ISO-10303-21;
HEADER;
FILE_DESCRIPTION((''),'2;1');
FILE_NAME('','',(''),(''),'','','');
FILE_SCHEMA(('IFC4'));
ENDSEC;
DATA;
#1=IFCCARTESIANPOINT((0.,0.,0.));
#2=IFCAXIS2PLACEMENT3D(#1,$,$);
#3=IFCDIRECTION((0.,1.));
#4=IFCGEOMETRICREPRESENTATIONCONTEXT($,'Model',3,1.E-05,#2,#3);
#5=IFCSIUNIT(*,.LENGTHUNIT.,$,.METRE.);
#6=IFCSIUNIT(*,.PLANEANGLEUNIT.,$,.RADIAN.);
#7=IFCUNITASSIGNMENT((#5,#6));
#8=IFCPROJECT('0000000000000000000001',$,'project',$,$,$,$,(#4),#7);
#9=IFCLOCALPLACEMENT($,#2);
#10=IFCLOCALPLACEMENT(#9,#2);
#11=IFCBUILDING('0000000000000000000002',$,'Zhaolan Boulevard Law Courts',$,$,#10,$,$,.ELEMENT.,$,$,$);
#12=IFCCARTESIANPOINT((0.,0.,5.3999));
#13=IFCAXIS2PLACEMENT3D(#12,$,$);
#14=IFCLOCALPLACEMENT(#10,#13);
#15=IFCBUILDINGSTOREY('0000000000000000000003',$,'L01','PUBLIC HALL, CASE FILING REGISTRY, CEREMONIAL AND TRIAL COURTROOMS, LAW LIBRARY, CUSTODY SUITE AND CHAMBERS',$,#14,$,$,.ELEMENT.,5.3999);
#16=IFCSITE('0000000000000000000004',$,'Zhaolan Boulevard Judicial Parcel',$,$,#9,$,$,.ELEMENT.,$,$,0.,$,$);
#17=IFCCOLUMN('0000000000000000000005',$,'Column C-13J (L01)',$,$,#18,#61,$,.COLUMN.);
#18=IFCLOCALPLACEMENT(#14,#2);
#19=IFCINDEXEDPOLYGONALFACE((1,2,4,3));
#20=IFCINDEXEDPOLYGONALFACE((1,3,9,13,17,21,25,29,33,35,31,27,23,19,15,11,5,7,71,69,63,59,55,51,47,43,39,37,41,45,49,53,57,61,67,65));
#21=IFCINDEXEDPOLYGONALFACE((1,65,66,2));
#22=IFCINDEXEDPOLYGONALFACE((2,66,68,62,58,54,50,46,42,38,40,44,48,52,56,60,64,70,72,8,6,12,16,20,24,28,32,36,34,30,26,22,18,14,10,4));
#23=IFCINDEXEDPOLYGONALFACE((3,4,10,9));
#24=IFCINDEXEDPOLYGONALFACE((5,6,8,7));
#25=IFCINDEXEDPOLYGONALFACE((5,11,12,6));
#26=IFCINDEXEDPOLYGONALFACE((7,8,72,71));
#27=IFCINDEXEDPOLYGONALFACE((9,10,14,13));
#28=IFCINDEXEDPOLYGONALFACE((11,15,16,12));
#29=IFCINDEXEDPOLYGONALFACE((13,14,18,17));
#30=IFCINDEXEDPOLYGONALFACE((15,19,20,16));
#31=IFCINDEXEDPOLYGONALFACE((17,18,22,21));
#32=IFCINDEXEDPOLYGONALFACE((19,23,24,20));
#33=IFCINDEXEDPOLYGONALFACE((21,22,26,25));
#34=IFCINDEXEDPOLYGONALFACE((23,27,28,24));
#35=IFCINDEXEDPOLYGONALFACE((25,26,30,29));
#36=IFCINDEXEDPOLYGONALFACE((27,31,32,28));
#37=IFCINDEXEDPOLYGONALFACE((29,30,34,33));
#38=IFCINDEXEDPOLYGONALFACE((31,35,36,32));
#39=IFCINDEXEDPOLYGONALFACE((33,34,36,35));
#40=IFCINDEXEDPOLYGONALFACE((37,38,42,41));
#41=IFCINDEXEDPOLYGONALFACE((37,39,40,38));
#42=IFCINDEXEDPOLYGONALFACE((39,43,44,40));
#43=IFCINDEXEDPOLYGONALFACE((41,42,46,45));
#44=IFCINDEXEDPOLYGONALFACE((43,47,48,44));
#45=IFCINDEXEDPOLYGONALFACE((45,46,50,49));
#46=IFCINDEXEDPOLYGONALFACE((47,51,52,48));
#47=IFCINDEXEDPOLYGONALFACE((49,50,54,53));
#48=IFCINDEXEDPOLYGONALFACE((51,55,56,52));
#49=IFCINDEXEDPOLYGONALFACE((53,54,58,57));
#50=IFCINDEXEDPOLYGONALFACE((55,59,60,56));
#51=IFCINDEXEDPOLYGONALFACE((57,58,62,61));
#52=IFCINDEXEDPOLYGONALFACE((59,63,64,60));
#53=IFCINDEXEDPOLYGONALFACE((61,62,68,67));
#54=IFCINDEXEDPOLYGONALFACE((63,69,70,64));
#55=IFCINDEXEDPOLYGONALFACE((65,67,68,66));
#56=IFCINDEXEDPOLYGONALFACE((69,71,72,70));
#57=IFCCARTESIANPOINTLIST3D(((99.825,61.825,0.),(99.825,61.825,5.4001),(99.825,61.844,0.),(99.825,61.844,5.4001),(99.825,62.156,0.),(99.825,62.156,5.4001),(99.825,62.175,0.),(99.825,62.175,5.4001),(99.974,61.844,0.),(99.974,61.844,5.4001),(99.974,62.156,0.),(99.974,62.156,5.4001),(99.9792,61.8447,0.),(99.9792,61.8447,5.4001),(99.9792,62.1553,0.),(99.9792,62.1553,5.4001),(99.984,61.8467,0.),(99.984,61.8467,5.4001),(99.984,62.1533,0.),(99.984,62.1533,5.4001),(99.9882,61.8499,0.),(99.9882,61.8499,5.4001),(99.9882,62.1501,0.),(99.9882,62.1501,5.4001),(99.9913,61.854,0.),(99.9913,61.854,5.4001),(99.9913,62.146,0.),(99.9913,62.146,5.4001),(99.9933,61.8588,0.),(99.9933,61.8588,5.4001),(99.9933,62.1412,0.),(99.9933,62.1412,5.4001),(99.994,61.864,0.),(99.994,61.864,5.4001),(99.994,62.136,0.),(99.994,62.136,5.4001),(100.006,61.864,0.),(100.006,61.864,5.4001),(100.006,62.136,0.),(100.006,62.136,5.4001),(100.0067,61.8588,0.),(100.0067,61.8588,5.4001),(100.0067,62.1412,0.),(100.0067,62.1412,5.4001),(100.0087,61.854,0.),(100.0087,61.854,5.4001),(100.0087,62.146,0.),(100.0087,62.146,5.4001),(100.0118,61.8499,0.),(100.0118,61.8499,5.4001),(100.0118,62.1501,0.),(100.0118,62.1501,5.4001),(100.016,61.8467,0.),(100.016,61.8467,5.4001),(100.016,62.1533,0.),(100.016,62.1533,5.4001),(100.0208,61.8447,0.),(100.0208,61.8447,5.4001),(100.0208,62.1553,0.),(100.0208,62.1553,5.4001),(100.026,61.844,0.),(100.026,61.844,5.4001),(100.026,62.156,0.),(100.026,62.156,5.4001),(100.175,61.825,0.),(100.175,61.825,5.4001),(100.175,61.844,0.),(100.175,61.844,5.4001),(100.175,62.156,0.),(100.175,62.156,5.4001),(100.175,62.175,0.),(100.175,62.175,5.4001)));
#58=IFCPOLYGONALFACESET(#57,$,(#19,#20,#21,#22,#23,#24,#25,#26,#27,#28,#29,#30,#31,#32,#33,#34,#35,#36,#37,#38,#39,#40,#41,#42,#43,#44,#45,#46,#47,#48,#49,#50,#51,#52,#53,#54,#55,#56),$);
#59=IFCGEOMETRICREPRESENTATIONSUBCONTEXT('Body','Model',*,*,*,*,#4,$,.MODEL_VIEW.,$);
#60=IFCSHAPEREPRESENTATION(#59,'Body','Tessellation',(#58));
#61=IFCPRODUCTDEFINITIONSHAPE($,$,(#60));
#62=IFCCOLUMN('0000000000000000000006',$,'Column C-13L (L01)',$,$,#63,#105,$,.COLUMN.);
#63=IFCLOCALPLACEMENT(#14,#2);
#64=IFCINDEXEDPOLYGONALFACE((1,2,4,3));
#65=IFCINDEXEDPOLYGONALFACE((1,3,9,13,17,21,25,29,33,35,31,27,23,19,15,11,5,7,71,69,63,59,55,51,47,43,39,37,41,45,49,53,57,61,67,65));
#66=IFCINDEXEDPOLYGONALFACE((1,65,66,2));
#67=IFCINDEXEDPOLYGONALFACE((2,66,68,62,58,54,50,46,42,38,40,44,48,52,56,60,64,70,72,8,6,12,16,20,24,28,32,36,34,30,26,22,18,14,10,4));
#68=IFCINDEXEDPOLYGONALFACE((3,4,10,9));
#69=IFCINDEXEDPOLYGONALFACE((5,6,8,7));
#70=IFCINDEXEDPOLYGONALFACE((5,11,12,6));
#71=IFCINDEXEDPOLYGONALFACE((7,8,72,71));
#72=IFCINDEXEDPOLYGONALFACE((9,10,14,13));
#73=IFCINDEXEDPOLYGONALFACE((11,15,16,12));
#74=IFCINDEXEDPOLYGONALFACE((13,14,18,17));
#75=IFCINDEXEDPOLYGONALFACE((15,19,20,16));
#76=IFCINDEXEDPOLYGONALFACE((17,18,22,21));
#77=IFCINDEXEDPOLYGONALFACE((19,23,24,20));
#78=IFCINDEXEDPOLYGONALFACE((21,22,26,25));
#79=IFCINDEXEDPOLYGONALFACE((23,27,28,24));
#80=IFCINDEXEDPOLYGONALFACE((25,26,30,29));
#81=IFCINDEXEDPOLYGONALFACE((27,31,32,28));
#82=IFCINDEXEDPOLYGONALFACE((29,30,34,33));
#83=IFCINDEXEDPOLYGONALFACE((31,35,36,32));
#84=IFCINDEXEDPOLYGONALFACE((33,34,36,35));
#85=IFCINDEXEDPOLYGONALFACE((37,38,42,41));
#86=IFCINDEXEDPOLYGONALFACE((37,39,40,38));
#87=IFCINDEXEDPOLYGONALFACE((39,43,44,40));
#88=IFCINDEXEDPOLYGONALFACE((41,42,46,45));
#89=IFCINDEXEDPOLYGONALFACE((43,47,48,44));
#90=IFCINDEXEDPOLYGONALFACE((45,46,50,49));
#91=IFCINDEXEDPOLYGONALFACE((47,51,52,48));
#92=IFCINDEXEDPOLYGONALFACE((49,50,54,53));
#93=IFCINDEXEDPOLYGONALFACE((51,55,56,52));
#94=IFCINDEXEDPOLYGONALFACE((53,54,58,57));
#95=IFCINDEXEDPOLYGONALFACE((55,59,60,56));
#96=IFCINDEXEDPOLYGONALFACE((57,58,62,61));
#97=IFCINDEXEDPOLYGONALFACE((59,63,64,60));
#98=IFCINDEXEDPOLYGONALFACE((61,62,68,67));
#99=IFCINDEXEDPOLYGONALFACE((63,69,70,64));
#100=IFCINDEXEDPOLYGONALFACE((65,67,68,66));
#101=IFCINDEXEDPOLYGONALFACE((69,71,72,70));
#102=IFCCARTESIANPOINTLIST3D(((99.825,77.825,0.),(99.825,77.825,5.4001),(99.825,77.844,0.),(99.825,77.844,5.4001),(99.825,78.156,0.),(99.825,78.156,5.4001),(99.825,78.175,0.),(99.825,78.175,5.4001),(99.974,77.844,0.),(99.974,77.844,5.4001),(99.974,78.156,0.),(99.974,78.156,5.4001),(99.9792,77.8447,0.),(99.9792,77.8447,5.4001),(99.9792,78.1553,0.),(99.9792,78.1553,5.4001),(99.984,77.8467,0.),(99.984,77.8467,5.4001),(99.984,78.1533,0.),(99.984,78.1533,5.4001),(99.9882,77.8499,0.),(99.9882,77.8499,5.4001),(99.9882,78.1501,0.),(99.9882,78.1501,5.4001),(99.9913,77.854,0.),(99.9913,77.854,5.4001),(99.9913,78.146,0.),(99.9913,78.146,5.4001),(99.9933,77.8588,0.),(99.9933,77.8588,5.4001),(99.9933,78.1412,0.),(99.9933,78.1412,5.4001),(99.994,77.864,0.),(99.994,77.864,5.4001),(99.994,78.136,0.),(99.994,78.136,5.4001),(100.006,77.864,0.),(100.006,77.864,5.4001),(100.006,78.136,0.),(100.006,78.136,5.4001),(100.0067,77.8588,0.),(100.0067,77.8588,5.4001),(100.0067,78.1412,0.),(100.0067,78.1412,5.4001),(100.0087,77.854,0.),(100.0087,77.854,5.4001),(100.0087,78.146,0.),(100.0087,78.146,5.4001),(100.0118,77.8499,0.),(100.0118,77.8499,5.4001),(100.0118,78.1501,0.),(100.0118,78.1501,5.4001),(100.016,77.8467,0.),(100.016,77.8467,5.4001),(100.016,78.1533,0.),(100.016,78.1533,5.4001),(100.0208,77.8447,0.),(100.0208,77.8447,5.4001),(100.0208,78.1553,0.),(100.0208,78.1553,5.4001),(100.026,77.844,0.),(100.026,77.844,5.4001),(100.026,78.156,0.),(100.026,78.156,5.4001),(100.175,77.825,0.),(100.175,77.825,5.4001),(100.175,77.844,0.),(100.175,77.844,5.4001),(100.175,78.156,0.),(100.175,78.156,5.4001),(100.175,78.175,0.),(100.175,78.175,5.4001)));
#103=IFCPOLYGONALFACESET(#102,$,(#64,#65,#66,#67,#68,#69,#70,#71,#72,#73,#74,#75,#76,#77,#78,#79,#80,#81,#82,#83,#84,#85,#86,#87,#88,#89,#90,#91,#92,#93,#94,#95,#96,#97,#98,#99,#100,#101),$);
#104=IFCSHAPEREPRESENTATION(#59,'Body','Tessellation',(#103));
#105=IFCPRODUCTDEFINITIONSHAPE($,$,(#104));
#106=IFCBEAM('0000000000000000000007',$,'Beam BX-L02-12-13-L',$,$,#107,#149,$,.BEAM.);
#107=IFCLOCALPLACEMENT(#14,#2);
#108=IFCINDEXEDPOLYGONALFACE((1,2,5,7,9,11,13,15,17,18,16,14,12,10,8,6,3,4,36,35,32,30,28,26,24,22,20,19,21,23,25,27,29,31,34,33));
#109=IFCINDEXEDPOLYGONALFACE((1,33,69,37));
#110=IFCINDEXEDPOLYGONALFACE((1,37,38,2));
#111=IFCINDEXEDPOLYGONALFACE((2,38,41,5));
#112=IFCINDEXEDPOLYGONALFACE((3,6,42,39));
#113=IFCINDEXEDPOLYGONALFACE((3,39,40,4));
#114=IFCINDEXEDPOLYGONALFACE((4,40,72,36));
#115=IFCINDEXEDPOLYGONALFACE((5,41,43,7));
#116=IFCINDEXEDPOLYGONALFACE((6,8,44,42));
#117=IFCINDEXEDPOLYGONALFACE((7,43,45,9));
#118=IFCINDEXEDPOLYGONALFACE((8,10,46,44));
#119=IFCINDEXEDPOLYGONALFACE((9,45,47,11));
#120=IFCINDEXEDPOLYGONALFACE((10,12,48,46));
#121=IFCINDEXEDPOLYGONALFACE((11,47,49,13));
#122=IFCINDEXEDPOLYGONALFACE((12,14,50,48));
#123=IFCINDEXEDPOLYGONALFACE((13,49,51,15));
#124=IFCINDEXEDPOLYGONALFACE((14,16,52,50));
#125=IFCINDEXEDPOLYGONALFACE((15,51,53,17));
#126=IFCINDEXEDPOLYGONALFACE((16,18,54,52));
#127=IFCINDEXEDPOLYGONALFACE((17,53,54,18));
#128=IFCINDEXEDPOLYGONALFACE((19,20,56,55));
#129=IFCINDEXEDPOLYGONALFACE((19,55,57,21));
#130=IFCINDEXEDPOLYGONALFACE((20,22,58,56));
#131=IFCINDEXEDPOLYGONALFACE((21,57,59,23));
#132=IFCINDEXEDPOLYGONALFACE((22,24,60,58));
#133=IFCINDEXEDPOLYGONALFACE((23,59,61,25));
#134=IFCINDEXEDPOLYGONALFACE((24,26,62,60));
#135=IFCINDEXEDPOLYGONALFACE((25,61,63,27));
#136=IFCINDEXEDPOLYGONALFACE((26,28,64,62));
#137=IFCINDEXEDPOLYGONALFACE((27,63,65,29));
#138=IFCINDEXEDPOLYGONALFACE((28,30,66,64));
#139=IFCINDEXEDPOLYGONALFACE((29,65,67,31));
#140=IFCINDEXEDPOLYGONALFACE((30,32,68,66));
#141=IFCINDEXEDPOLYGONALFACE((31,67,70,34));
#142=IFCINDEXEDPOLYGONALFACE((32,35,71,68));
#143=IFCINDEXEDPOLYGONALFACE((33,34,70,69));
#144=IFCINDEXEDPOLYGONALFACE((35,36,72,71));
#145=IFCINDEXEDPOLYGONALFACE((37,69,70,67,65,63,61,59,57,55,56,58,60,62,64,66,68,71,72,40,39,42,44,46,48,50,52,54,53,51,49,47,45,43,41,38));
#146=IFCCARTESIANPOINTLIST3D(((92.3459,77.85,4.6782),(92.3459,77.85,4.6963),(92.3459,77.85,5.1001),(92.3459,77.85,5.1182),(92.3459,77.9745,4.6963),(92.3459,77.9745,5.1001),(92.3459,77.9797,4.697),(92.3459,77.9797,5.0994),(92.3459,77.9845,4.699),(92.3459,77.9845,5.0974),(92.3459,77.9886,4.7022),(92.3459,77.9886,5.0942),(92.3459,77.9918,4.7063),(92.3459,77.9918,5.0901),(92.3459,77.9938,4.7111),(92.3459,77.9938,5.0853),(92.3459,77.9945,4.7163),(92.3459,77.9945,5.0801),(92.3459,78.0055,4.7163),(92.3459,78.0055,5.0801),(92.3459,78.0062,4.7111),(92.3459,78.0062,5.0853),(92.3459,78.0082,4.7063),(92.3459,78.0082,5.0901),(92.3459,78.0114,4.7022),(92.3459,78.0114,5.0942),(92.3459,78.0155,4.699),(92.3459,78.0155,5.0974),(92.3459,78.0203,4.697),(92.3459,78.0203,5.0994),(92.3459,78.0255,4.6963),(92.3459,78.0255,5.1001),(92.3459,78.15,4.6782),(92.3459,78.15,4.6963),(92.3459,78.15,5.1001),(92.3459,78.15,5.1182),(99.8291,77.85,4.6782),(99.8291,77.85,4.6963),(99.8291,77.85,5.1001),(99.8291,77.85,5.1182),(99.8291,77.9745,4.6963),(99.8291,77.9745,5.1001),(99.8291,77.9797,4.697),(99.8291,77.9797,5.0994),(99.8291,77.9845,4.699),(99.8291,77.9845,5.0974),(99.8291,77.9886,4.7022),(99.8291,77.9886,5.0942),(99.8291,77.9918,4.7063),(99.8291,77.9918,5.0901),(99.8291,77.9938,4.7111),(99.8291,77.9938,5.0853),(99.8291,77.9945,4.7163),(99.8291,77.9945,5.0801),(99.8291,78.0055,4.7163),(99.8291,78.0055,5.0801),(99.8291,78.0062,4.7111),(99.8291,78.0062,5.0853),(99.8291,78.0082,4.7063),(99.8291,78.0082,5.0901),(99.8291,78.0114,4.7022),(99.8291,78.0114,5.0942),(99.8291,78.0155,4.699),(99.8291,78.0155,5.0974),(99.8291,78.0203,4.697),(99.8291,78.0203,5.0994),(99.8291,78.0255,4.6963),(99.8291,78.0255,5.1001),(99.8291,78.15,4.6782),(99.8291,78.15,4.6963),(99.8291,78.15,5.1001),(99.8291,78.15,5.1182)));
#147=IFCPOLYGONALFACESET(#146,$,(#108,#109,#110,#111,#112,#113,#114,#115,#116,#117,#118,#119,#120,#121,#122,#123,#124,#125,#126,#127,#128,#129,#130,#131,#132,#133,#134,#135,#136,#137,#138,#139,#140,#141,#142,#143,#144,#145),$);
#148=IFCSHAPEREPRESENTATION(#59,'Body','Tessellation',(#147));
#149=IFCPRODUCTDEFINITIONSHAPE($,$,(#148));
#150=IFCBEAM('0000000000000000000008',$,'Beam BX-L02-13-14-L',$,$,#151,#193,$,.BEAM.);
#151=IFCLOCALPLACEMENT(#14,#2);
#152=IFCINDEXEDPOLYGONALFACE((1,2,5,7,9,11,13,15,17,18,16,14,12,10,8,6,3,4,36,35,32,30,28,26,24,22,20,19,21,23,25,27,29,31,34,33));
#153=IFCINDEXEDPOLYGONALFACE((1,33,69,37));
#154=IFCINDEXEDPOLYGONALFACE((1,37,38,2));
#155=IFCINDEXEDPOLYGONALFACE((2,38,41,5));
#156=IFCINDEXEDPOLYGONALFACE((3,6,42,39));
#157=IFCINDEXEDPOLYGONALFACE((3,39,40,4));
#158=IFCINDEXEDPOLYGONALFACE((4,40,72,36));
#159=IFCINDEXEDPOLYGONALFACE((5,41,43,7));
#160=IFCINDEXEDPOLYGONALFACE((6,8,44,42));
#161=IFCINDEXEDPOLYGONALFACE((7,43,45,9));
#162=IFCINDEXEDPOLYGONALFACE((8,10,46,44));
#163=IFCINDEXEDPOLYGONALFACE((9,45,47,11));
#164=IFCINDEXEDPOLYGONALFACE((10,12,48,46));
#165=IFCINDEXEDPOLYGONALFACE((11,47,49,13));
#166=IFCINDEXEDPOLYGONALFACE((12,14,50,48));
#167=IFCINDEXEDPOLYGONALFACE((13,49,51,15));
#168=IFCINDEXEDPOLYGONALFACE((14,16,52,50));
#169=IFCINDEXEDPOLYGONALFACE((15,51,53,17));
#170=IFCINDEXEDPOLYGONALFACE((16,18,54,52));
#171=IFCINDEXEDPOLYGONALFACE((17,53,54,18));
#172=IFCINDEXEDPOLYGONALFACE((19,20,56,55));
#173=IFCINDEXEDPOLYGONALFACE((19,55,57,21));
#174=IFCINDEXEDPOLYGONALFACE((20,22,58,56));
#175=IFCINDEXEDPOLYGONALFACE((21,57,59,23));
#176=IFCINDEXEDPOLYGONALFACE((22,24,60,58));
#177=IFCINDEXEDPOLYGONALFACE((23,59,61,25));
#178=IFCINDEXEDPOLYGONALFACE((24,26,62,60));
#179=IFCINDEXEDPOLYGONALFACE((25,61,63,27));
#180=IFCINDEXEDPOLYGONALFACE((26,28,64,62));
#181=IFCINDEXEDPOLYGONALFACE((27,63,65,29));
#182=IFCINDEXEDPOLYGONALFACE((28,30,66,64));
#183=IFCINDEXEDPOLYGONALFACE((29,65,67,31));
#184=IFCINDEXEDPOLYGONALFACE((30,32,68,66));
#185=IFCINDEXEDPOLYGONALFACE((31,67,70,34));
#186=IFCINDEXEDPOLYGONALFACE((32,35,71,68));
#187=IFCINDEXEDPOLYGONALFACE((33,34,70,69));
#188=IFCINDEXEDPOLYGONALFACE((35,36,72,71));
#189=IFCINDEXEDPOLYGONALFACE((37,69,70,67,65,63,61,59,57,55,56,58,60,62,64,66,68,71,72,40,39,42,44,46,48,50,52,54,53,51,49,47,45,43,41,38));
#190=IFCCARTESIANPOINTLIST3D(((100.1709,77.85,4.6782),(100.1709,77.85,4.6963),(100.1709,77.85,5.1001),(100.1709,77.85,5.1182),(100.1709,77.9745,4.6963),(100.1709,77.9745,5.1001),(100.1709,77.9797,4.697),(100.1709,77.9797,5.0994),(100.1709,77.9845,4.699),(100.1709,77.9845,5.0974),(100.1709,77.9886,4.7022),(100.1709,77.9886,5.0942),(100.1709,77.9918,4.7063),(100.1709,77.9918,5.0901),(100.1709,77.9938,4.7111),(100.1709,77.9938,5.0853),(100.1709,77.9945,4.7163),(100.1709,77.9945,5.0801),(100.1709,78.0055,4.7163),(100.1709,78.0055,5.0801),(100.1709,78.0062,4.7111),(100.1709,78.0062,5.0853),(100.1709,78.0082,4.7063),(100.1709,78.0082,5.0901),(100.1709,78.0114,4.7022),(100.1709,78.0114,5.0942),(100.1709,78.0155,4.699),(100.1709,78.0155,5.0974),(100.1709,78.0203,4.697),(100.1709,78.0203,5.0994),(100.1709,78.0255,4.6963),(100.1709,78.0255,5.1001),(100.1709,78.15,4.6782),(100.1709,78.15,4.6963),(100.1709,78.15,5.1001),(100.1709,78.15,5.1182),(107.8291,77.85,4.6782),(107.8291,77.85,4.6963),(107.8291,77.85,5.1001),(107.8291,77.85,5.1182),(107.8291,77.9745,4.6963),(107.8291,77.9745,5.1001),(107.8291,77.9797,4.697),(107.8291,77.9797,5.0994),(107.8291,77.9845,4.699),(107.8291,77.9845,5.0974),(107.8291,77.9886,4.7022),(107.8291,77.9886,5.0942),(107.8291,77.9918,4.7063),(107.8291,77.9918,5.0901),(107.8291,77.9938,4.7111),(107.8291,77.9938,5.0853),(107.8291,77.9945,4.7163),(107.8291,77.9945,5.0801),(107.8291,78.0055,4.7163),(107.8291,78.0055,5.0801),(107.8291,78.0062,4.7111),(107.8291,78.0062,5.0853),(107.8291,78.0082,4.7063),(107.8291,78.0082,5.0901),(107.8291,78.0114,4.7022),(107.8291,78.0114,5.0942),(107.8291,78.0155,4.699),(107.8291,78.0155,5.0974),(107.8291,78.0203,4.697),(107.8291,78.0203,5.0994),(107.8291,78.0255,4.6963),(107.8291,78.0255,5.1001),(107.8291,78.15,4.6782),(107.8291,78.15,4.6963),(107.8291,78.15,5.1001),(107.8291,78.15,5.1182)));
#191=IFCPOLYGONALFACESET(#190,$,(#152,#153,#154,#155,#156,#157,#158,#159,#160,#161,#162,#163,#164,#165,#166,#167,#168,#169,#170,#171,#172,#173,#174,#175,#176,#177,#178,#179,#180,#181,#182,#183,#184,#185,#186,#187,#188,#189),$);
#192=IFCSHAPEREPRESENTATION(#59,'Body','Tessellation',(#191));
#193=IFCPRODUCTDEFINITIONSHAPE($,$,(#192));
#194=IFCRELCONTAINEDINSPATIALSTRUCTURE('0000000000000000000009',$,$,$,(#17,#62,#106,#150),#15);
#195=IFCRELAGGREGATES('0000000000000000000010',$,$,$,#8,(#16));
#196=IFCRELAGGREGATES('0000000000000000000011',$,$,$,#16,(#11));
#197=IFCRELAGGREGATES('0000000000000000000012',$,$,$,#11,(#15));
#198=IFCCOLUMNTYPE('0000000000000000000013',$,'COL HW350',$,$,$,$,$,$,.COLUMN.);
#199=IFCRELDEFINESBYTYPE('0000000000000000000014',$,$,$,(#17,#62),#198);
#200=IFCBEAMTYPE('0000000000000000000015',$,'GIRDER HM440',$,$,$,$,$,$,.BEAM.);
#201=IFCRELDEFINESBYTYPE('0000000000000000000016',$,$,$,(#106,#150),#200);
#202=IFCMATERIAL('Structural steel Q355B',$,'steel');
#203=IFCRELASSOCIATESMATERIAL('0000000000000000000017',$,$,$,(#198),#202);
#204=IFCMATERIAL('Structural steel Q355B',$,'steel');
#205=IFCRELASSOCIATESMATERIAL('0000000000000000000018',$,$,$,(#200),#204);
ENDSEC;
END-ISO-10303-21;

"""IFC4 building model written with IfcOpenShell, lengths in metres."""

from ifc_helpers import new_model, si_unit, direction, frame, origin, origin_2d, place, context, subcontext, project, spatial, i_section, extrude, material, material_profile, profile_set, type_object, element, save


model = new_model("IFC4")

# Units and contexts
model_context = context("Model", 3, precision=1e-05, world=origin(), true_north=direction((0.0, 1.0)))
body_context = subcontext(model_context, "Body", "Model", "MODEL_VIEW")
ifc_project = project(units=[si_unit("LENGTHUNIT", "METRE"), si_unit("PLANEANGLEUNIT", "RADIAN")], contexts=[model_context])

# Site, building, storey
site_placement = place(None, origin())
site = spatial("IfcSite", under=ifc_project, at=site_placement, Name="Zhaolan Boulevard Judicial Parcel", CompositionType="ELEMENT", RefElevation=0.0)
building_placement = place(site_placement, origin())
building = spatial("IfcBuilding", under=site, at=building_placement, Name="Zhaolan Boulevard Law Courts", CompositionType="ELEMENT")
storey_placement = place(building_placement, frame((0.0, 0.0, 5.3999)))
storey = spatial("IfcBuildingStorey", under=building, at=storey_placement, Name="L01", Description="PUBLIC HALL, CASE FILING REGISTRY, CEREMONIAL AND TRIAL COURTROOMS, LAW LIBRARY, CUSTODY SUITE AND CHAMBERS", CompositionType="ELEMENT", Elevation=5.3999)

# Columns
ifc_material_1 = material(Name="Structural steel Q355B", Category="steel")
ifc_material_profile_1 = material_profile(ifc_material_1, i_section(OverallWidth=0.3501, OverallDepth=0.3501, WebThickness=0.012, FlangeThickness=0.019, FilletRadius=0.02, at=origin_2d()), Name="HW350x350")
ifc_profile_set_1 = profile_set([ifc_material_profile_1], Name="Structural steel Q355B")
column_type = type_object("IfcColumnType", Name="COL HW350", PredefinedType="COLUMN", material=ifc_profile_set_1)
for number, where, z_axis, x_axis, name in (
    (1, (100.0, 62.0, 0.0), (0.0, 0.0, 1.0), (1.0, 0.0, 0.0), "Column C-13J (L01)"),
    (2, (100.0, 78.0, 0.0), (0.0, 0.0, 1.0), (1.0, 0.0, 0.0), "Column C-13L (L01)"),
):
    element("IfcColumn", number, at=place(storey_placement, frame(where, z_axis=z_axis, x_axis=x_axis)), inside=storey, type_object=column_type, Name=name, PredefinedType="COLUMN", context=body_context, shape_type="SweptSolid", body=[
        extrude(i_section(OverallWidth=0.3501, OverallDepth=0.3501, WebThickness=0.012, FlangeThickness=0.019, FilletRadius=0.02, at=origin_2d()), origin(), (0.0, 0.0, 1.0), 5.4001),
    ])

# Beams
ifc_material_2 = material(Name="Structural steel Q355B", Category="steel")
ifc_material_profile_2 = material_profile(ifc_material_2, i_section(OverallWidth=0.3, OverallDepth=0.4399, WebThickness=0.011, FlangeThickness=0.0181, FilletRadius=0.02, at=origin_2d()), Name="HM440x300")
ifc_profile_set_2 = profile_set([ifc_material_profile_2], Name="Structural steel Q355B")
beam_type_1 = type_object("IfcBeamType", Name="GIRDER HM440", PredefinedType="BEAM", material=ifc_profile_set_2)
beam_1_placement = place(storey_placement, frame((92.3459, 78.0, 4.8982), z_axis=(1.0, 0.0, 0.0), x_axis=(0.0, 1.0, 0.0)))
element("IfcBeam", 3, at=beam_1_placement, inside=storey, type_object=beam_type_1, Name="Beam BX-L02-12-13-L", PredefinedType="BEAM", context=body_context, shape_type="SweptSolid", body=[
    extrude(i_section(OverallWidth=0.3, OverallDepth=0.4399, WebThickness=0.011, FlangeThickness=0.0181, FilletRadius=0.02, at=origin_2d()), origin(), (0.0, 0.0, 1.0), 7.4832),
])
beam_2_placement = place(storey_placement, frame((100.1709, 78.0, 4.8982), z_axis=(1.0, 0.0, 0.0), x_axis=(0.0, 1.0, 0.0)))
element("IfcBeam", 4, at=beam_2_placement, inside=storey, type_object=beam_type_1, Name="Beam BX-L02-13-14-L", PredefinedType="BEAM", context=body_context, shape_type="SweptSolid", body=[
    extrude(i_section(OverallWidth=0.3, OverallDepth=0.4399, WebThickness=0.011, FlangeThickness=0.0181, FilletRadius=0.02, at=origin_2d()), origin(), (0.0, 0.0, 1.0), 7.6582),
])

save(model, "model.ifc")
